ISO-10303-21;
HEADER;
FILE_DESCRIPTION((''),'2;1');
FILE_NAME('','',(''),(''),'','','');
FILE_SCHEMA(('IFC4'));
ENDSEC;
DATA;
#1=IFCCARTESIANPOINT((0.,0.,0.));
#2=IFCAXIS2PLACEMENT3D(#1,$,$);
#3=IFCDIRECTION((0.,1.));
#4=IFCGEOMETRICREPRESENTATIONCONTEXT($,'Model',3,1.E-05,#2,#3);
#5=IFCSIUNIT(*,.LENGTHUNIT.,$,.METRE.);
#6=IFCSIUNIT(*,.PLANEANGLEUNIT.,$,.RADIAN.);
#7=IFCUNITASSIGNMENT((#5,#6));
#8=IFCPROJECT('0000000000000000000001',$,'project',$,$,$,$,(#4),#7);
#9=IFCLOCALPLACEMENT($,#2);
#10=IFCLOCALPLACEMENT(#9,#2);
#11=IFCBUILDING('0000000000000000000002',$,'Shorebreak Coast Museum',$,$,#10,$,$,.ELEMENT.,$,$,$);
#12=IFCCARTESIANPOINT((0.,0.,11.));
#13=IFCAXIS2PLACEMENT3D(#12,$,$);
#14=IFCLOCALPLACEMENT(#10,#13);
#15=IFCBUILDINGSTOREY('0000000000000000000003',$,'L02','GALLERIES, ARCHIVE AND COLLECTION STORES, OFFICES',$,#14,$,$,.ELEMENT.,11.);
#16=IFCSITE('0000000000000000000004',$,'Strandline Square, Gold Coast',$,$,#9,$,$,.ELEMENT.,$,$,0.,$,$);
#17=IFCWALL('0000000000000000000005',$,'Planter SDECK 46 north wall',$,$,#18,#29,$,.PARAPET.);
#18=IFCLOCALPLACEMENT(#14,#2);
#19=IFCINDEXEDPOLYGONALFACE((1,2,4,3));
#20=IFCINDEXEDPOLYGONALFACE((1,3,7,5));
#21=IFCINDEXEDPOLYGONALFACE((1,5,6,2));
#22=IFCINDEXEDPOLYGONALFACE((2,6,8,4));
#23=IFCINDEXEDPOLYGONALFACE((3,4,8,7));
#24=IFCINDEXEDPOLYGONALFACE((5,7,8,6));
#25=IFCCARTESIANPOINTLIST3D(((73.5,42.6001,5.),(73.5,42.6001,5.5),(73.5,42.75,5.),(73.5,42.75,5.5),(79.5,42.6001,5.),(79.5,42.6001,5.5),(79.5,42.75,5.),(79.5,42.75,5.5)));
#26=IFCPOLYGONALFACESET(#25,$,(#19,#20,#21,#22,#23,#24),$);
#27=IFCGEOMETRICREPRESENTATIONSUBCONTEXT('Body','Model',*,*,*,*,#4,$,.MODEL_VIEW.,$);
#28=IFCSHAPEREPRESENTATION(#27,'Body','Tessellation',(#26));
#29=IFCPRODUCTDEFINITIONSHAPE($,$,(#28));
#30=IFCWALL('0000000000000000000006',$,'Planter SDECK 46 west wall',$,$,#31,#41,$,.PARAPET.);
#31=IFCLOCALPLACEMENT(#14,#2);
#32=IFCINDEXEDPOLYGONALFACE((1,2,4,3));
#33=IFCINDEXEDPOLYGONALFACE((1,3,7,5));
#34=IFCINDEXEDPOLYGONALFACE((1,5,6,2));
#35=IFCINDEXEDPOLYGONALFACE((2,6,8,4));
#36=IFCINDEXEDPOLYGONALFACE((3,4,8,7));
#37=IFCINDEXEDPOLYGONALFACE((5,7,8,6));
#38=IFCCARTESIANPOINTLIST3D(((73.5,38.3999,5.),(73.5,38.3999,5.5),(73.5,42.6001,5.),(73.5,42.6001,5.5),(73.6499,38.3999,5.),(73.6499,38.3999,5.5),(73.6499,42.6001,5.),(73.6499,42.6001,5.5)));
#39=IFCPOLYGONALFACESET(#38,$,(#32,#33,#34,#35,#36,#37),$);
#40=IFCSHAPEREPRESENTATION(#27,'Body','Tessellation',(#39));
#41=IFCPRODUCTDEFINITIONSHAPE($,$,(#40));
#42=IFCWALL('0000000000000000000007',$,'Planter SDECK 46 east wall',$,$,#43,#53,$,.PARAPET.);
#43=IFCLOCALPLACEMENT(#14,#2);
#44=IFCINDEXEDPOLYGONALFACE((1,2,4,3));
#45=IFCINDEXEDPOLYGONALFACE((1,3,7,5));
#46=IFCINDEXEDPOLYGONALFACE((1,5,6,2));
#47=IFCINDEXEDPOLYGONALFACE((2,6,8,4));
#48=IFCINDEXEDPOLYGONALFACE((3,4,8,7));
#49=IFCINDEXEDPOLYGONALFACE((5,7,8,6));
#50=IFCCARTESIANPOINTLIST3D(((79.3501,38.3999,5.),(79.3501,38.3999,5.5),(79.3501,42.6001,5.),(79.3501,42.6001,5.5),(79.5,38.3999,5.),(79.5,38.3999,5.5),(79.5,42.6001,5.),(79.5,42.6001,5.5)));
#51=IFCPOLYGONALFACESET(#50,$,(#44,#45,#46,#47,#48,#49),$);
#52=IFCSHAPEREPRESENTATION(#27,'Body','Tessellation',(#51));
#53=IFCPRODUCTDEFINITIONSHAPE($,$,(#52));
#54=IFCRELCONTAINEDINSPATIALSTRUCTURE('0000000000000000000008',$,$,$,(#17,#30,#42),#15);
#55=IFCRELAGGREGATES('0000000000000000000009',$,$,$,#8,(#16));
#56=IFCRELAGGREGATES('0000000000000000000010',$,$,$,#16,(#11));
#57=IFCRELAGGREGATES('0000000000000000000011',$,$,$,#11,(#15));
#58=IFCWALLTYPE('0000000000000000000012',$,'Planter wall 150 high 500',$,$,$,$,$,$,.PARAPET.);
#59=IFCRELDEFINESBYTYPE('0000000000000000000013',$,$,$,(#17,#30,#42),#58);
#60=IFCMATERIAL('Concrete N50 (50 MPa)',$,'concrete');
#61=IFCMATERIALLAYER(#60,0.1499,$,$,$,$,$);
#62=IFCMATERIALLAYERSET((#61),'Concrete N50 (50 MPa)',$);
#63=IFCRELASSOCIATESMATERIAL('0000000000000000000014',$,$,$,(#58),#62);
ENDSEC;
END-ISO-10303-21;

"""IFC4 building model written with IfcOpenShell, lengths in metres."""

from ifc_helpers import new_model, si_unit, direction, frame, frame_2d, origin, place, context, subcontext, project, spatial, rectangle, extrude, material, layer, layer_set, type_object, element, save


model = new_model("IFC4")

# Units and contexts
model_context = context("Model", 3, precision=1e-05, world=origin(), true_north=direction((0.0, 1.0)))
body_context = subcontext(model_context, "Body", "Model", "MODEL_VIEW")
ifc_project = project(units=[si_unit("LENGTHUNIT", "METRE"), si_unit("PLANEANGLEUNIT", "RADIAN")], contexts=[model_context])

# Site, building, storey
site_placement = place(None, origin())
site = spatial("IfcSite", under=ifc_project, at=site_placement, Name="Strandline Square, Gold Coast", CompositionType="ELEMENT", RefElevation=0.0)
building_placement = place(site_placement, origin())
building = spatial("IfcBuilding", under=site, at=building_placement, Name="Shorebreak Coast Museum", CompositionType="ELEMENT")
storey_placement = place(building_placement, frame((0.0, 0.0, 11.0)))
storey = spatial("IfcBuildingStorey", under=building, at=storey_placement, Name="L02", Description="GALLERIES, ARCHIVE AND COLLECTION STORES, OFFICES", CompositionType="ELEMENT", Elevation=11.0)

# Walls
ifc_material_1 = material(Name="Concrete N50 (50 MPa)", Category="concrete")
ifc_layer_1 = layer(ifc_material_1, 0.1499)
ifc_layer_set_1 = layer_set([ifc_layer_1], Name="Concrete N50 (50 MPa)")
wall_type_1 = type_object("IfcWallType", Name="Planter wall 150 high 500", PredefinedType="PARAPET", material=ifc_layer_set_1)
for number, where, z_axis, x_axis, name in (
    (1, (73.5, 42.675, 5.0), (0.0, 0.0, 1.0), (1.0, 0.0, 0.0), "Planter SDECK 46 north wall"),
):
    element("IfcWall", number, at=place(storey_placement, frame(where, z_axis=z_axis, x_axis=x_axis)), inside=storey, type_object=wall_type_1, Name=name, PredefinedType="PARAPET", context=body_context, shape_type="SweptSolid", body=[
        extrude(rectangle(XDim=6.0, YDim=0.1499, at=frame_2d((3.0, 0.0))), origin(), (0.0, 0.0, 1.0), 0.5),
    ])
for number, where, z_axis, x_axis, name in (
    (2, (73.575, 38.3999, 5.0), (0.0, 0.0, 1.0), (0.0, 1.0, 0.0), "Planter SDECK 46 west wall"),
    (3, (79.425, 38.3999, 5.0), (0.0, 0.0, 1.0), (0.0, 1.0, 0.0), "Planter SDECK 46 east wall"),
):
    element("IfcWall", number, at=place(storey_placement, frame(where, z_axis=z_axis, x_axis=x_axis)), inside=storey, type_object=wall_type_1, Name=name, PredefinedType="PARAPET", context=body_context, shape_type="SweptSolid", body=[
        extrude(rectangle(XDim=4.2002, YDim=0.1499, at=frame_2d((2.1001, 0.0))), origin(), (0.0, 0.0, 1.0), 0.5),
    ])

save(model, "model.ifc")
